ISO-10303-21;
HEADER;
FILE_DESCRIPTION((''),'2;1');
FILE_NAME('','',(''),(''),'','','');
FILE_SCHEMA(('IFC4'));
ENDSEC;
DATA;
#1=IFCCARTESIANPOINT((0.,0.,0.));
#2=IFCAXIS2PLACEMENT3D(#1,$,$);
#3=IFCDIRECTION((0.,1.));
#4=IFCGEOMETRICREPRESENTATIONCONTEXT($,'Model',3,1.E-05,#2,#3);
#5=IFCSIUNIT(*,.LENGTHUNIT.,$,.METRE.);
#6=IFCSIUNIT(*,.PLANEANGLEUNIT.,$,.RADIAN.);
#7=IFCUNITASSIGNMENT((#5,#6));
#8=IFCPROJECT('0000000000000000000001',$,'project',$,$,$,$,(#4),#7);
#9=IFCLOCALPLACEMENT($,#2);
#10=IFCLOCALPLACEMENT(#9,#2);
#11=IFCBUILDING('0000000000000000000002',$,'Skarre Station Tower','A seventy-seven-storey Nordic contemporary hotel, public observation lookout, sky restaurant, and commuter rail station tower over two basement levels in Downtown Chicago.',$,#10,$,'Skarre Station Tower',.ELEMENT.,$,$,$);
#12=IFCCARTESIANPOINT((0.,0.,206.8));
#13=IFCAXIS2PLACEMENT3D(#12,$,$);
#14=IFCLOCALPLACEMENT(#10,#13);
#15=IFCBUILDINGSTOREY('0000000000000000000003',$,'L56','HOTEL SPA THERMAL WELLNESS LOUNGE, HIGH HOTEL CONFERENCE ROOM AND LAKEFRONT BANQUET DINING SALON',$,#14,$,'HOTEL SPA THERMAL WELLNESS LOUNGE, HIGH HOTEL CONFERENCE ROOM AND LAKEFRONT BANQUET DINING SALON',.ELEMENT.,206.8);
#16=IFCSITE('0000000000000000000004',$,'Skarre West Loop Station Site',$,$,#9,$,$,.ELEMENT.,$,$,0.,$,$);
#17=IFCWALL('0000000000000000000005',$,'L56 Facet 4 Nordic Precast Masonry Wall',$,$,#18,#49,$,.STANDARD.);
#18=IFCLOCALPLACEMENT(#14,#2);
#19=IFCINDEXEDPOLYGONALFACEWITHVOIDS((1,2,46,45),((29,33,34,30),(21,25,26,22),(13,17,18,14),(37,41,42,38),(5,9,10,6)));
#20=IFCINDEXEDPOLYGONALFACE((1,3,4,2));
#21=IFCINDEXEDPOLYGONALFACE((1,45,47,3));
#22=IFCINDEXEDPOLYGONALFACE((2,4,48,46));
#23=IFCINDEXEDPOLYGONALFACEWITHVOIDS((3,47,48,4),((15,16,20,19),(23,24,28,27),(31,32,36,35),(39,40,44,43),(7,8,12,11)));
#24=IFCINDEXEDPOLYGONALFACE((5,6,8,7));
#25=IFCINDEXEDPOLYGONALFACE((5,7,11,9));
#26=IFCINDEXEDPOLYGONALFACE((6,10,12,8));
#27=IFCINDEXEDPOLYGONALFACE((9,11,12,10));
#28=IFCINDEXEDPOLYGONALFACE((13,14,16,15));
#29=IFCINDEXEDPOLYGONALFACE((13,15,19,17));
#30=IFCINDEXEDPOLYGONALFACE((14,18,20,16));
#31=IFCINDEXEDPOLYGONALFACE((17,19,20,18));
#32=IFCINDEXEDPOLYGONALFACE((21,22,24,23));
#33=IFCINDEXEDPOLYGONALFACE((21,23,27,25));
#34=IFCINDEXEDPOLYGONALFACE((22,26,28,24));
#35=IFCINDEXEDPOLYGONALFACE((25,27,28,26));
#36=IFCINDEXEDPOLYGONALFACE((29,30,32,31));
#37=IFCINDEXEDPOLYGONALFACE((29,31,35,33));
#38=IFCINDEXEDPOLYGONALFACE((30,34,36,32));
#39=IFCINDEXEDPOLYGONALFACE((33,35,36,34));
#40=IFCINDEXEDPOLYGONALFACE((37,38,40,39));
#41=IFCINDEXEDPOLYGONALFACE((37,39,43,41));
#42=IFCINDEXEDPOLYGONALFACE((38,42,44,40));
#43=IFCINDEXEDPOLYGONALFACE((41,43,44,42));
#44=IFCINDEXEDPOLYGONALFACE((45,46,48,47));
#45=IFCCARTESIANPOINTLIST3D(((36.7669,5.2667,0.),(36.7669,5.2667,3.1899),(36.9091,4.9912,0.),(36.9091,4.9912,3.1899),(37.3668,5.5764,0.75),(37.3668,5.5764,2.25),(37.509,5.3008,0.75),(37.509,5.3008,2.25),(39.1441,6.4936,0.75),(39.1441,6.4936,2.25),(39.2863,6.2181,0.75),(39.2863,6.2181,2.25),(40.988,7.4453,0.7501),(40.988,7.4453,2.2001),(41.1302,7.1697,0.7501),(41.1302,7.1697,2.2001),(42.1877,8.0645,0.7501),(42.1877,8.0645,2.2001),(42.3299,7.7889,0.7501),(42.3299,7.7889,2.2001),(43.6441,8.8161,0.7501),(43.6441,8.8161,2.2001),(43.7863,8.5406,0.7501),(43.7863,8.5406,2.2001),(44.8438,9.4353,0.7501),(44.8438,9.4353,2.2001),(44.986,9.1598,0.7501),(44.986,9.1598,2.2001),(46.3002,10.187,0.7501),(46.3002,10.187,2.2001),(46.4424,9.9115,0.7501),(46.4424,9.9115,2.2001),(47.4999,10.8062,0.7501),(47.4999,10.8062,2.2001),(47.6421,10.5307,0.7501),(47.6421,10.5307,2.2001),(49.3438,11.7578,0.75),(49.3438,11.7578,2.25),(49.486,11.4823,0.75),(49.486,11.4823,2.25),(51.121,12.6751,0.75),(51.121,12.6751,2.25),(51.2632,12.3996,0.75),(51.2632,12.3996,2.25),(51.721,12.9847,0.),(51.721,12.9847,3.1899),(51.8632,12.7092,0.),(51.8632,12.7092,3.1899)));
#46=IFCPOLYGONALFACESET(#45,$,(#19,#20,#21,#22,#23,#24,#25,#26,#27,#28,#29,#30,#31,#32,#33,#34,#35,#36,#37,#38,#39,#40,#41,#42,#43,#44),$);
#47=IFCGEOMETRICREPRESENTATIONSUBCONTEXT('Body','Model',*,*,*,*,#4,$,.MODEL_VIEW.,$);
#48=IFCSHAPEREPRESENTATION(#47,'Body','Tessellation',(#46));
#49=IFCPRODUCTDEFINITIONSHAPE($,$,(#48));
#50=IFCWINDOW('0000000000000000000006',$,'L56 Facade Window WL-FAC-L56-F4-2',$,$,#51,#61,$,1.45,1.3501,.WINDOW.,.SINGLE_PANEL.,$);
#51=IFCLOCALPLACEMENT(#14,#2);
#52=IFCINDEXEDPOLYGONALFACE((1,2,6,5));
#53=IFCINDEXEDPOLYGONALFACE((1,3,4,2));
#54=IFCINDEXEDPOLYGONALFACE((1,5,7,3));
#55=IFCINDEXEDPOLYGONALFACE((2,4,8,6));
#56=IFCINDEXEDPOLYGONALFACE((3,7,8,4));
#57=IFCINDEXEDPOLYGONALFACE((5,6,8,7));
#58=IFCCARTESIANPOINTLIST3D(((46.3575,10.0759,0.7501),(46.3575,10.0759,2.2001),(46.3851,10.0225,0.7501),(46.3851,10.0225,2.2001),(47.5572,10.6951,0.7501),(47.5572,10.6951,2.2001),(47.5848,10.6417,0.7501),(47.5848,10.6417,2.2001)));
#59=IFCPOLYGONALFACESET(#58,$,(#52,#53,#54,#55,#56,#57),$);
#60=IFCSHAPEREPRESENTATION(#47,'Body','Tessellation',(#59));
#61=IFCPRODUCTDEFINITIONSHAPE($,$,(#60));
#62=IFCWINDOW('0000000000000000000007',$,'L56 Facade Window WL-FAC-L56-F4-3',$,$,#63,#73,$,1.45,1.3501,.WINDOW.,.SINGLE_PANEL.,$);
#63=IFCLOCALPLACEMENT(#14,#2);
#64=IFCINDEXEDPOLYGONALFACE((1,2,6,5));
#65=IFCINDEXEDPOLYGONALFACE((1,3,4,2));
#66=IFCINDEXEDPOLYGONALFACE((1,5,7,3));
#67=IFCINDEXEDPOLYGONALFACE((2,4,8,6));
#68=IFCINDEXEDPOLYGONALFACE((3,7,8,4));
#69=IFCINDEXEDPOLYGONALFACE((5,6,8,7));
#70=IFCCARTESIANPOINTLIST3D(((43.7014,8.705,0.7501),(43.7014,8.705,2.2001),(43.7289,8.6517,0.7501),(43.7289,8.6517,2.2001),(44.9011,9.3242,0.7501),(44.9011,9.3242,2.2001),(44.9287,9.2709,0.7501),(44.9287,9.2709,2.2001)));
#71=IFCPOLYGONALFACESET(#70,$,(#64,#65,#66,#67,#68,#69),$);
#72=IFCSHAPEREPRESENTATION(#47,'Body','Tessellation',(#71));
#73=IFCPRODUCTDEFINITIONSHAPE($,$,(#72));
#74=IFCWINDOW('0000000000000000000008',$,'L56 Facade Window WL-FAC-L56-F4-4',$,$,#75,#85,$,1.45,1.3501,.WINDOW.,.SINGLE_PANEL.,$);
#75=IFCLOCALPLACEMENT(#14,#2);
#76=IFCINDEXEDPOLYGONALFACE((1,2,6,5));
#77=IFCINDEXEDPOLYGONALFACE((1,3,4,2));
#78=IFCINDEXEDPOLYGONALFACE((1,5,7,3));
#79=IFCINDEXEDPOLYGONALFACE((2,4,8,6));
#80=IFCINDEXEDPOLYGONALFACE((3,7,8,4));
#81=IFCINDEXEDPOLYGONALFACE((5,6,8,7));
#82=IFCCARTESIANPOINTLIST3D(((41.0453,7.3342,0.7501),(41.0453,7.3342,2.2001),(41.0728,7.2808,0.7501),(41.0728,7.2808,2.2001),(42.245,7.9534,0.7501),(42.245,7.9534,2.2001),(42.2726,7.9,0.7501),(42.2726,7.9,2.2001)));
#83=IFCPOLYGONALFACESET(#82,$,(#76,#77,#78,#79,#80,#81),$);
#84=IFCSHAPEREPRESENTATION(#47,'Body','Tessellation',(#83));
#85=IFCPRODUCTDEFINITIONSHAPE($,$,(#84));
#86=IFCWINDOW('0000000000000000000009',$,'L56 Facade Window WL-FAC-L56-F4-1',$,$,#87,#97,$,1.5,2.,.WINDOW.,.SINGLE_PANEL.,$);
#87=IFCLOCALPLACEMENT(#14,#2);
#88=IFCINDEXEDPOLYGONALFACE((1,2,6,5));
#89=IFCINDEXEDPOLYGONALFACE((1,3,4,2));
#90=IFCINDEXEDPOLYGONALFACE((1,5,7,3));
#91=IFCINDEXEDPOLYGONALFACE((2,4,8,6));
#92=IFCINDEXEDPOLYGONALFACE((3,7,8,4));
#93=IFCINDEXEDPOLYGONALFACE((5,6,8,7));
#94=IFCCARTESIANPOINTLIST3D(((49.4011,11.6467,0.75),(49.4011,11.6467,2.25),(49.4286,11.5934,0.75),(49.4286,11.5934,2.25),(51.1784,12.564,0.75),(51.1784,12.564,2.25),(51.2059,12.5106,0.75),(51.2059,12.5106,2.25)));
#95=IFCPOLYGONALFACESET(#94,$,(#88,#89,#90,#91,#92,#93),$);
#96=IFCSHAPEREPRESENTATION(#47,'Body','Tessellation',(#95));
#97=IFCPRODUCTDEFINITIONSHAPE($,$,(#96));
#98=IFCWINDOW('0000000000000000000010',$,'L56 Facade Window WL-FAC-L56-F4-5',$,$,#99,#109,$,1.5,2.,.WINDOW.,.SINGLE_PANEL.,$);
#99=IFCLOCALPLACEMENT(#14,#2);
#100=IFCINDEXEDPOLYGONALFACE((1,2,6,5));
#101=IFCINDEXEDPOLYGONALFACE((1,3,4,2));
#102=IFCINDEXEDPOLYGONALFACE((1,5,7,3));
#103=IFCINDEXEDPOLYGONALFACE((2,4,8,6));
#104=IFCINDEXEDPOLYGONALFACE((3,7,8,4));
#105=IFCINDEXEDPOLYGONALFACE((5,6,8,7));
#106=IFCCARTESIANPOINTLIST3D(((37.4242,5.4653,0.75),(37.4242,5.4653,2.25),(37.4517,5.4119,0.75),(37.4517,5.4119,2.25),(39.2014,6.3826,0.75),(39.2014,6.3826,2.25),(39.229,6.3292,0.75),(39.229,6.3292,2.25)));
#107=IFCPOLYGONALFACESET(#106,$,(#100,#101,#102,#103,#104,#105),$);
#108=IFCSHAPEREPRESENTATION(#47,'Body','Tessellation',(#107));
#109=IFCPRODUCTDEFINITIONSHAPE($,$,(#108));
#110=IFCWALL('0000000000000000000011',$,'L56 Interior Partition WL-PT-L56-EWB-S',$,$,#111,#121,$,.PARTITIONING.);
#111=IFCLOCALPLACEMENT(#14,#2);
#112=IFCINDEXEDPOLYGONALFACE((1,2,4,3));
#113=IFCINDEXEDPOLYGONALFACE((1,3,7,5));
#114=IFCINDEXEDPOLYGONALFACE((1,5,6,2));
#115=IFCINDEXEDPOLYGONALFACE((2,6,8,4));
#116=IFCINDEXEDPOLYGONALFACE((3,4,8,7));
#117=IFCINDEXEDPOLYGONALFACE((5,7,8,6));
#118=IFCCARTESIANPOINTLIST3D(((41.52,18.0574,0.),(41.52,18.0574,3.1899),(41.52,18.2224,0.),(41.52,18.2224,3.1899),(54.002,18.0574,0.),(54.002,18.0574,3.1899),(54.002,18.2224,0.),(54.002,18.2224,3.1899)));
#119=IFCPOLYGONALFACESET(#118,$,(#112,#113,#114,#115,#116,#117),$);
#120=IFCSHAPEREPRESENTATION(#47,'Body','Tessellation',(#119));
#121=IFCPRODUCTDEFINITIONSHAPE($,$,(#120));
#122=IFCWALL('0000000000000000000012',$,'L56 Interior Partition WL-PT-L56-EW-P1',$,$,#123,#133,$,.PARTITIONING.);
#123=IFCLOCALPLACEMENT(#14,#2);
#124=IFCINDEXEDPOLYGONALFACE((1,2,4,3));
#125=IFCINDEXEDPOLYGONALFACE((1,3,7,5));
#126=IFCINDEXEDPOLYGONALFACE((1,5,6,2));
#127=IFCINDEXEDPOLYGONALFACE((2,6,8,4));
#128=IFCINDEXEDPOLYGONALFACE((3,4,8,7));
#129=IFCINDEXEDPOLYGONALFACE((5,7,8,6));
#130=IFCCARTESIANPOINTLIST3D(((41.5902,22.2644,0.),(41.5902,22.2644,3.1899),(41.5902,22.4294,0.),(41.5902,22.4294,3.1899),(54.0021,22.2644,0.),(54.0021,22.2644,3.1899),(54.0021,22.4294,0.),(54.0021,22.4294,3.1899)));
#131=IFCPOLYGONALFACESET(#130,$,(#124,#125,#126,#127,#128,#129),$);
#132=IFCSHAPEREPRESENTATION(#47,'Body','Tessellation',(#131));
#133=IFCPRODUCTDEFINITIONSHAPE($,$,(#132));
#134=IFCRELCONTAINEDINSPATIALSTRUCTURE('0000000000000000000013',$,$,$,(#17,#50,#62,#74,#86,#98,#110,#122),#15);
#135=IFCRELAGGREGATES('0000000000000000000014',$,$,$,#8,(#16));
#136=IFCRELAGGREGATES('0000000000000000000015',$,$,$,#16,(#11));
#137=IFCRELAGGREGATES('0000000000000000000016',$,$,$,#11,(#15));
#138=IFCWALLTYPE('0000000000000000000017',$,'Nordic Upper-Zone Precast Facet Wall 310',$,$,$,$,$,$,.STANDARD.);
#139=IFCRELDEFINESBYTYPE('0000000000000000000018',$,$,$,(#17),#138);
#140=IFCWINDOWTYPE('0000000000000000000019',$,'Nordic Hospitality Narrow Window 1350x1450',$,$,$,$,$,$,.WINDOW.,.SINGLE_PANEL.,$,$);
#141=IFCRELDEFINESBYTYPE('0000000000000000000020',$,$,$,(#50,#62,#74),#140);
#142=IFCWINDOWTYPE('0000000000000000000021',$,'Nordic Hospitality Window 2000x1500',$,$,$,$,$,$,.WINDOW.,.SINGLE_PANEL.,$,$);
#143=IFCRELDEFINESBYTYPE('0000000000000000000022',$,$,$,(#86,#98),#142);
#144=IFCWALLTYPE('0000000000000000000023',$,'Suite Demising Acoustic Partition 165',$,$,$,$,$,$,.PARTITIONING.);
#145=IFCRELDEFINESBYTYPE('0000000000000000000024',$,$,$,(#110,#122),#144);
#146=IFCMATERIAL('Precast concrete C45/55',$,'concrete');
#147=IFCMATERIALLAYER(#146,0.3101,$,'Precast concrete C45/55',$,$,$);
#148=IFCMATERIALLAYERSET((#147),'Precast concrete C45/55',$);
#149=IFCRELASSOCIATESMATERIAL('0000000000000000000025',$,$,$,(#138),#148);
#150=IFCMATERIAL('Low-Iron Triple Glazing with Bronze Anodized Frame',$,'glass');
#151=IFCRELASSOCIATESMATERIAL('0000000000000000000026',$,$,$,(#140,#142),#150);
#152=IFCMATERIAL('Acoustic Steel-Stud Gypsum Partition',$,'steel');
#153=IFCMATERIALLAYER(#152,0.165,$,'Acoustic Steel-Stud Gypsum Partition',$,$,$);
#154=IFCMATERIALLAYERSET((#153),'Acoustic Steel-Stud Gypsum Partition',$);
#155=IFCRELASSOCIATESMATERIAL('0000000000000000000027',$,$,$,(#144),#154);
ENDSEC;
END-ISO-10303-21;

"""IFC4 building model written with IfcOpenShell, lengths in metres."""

from ifc_helpers import new_model, si_unit, direction, frame, frame_2d, origin, place, context, subcontext, project, spatial, rectangle, extrude, material, layer, layer_set, type_object, element, fill, save


model = new_model("IFC4")

# Units and contexts
model_context = context("Model", 3, precision=1e-05, world=origin(), true_north=direction((0.0, 1.0)))
body_context = subcontext(model_context, "Body", "Model", "MODEL_VIEW")
ifc_project = project(units=[si_unit("LENGTHUNIT", "METRE"), si_unit("PLANEANGLEUNIT", "RADIAN")], contexts=[model_context])

# Site, building, storey
site_placement = place(None, origin())
site = spatial("IfcSite", under=ifc_project, at=site_placement, Name="Skarre West Loop Station Site", CompositionType="ELEMENT", RefElevation=0.0)
building_placement = place(site_placement, origin())
building = spatial("IfcBuilding", under=site, at=building_placement, Name="Skarre Station Tower", Description="A seventy-seven-storey Nordic contemporary hotel, public observation lookout, sky restaurant, and commuter rail station tower over two basement levels in Downtown Chicago.", LongName="Skarre Station Tower", CompositionType="ELEMENT")
storey_placement = place(building_placement, frame((0.0, 0.0, 206.8)))
storey = spatial("IfcBuildingStorey", under=building, at=storey_placement, Name="L56", Description="HOTEL SPA THERMAL WELLNESS LOUNGE, HIGH HOTEL CONFERENCE ROOM AND LAKEFRONT BANQUET DINING SALON", LongName="HOTEL SPA THERMAL WELLNESS LOUNGE, HIGH HOTEL CONFERENCE ROOM AND LAKEFRONT BANQUET DINING SALON", CompositionType="ELEMENT", Elevation=206.8)

# Shared definitions
ifc_material_1 = material(Name="Acoustic Steel-Stud Gypsum Partition", Category="steel")

# Shared definitions
ifc_material_2 = material(Name="Precast concrete C45/55", Category="concrete")

# Wall, openings, windows
ifc_layer_1 = layer(ifc_material_2, 0.3101, Name="Precast concrete C45/55")
ifc_layer_set_1 = layer_set([ifc_layer_1], Name="Precast concrete C45/55")
wall_type_1 = type_object("IfcWallType", Name="Nordic Upper-Zone Precast Facet Wall 310", PredefinedType="STANDARD", material=ifc_layer_set_1)
wall_1_placement = place(storey_placement, frame((51.792, 12.8469, 0.0), z_axis=(0.0, 0.0, 1.0), x_axis=(-0.888626, -0.458632, 0.0)))
wall_1 = element("IfcWall", 1, at=wall_1_placement, inside=storey, type_object=wall_type_1, Name="L56 Facet 4 Nordic Precast Masonry Wall", PredefinedType="STANDARD", context=body_context, shape_type="SweptSolid", body=[
    extrude(rectangle(XDim=16.8284, YDim=0.3101, at=frame_2d((8.4141, 0.0))), origin(), (0.0, 0.0, 1.0), 3.1899),
])
opening_1_placement = place(wall_1_placement, frame((0.675, 0.0, 0.75)))
opening_1 = element("IfcOpeningElement", 2, at=opening_1_placement, cuts=wall_1, PredefinedType="OPENING", context=body_context, shape_type="SweptSolid", body=[
    extrude(rectangle(XDim=2.0, YDim=1.5, at=frame_2d((1.0, 0.75))), frame((0.0, 0.165, 0.0), z_axis=(0.0, -1.0, 0.0), x_axis=(1.0, 0.0, 0.0)), (0.0, 0.0, 1.0), 0.3301),
])
opening_2_placement = place(wall_1_placement, frame((4.75, 0.0, 0.75)))
opening_2 = element("IfcOpeningElement", 3, at=opening_2_placement, cuts=wall_1, PredefinedType="OPENING", context=body_context, shape_type="SweptSolid", body=[
    extrude(rectangle(XDim=1.3501, YDim=1.45, at=frame_2d((0.675, 0.7251))), frame((0.0, 0.165, 0.0), z_axis=(0.0, -1.0, 0.0), x_axis=(1.0, 0.0, 0.0)), (0.0, 0.0, 1.0), 0.3301),
])
opening_3_placement = place(wall_1_placement, frame((7.739, 0.0, 0.75)))
opening_3 = element("IfcOpeningElement", 4, at=opening_3_placement, cuts=wall_1, PredefinedType="OPENING", context=body_context, shape_type="SweptSolid", body=[
    extrude(rectangle(XDim=1.3501, YDim=1.45, at=frame_2d((0.675, 0.7251))), frame((0.0, 0.165, 0.0), z_axis=(0.0, -1.0, 0.0), x_axis=(1.0, 0.0, 0.0)), (0.0, 0.0, 1.0), 0.3301),
])
opening_4_placement = place(wall_1_placement, frame((10.728, 0.0, 0.75)))
opening_4 = element("IfcOpeningElement", 5, at=opening_4_placement, cuts=wall_1, PredefinedType="OPENING", context=body_context, shape_type="SweptSolid", body=[
    extrude(rectangle(XDim=1.3501, YDim=1.45, at=frame_2d((0.675, 0.7251))), frame((0.0, 0.165, 0.0), z_axis=(0.0, -1.0, 0.0), x_axis=(1.0, 0.0, 0.0)), (0.0, 0.0, 1.0), 0.3301),
])
opening_5_placement = place(wall_1_placement, frame((14.1531, 0.0, 0.75)))
opening_5 = element("IfcOpeningElement", 6, at=opening_5_placement, cuts=wall_1, PredefinedType="OPENING", context=body_context, shape_type="SweptSolid", body=[
    extrude(rectangle(XDim=2.0, YDim=1.5, at=frame_2d((1.0, 0.75))), frame((0.0, 0.165, 0.0), z_axis=(0.0, -1.0, 0.0), x_axis=(1.0, 0.0, 0.0)), (0.0, 0.0, 1.0), 0.3301),
])
ifc_material_3 = material(Name="Low-Iron Triple Glazing with Bronze Anodized Frame", Category="glass")
window_type_1 = type_object("IfcWindowType", Name="Nordic Hospitality Narrow Window 1350x1450", PartitioningType="SINGLE_PANEL", PredefinedType="WINDOW", material=ifc_material_3)
window_1_placement = place(opening_2_placement, origin())
window_1 = element("IfcWindow", 7, at=window_1_placement, inside=storey, type_object=window_type_1, Name="L56 Facade Window WL-FAC-L56-F4-2", OverallHeight=1.45, OverallWidth=1.3501, PartitioningType="SINGLE_PANEL", PredefinedType="WINDOW", context=body_context, shape_type="SweptSolid", body=[
    extrude(rectangle(XDim=1.3501, YDim=1.45, at=frame_2d((0.675, 0.7251))), frame((0.0, 0.03, 0.0), z_axis=(0.0, -1.0, 0.0), x_axis=(1.0, 0.0, 0.0)), (0.0, 0.0, 1.0), 0.0601),
])
fill(opening_2, window_1)
window_2_placement = place(opening_3_placement, origin())
window_2 = element("IfcWindow", 8, at=window_2_placement, inside=storey, type_object=window_type_1, Name="L56 Facade Window WL-FAC-L56-F4-3", OverallHeight=1.45, OverallWidth=1.3501, PartitioningType="SINGLE_PANEL", PredefinedType="WINDOW", context=body_context, shape_type="SweptSolid", body=[
    extrude(rectangle(XDim=1.3501, YDim=1.45, at=frame_2d((0.675, 0.7251))), frame((0.0, 0.03, 0.0), z_axis=(0.0, -1.0, 0.0), x_axis=(1.0, 0.0, 0.0)), (0.0, 0.0, 1.0), 0.0601),
])
fill(opening_3, window_2)
window_3_placement = place(opening_4_placement, origin())
window_3 = element("IfcWindow", 9, at=window_3_placement, inside=storey, type_object=window_type_1, Name="L56 Facade Window WL-FAC-L56-F4-4", OverallHeight=1.45, OverallWidth=1.3501, PartitioningType="SINGLE_PANEL", PredefinedType="WINDOW", context=body_context, shape_type="SweptSolid", body=[
    extrude(rectangle(XDim=1.3501, YDim=1.45, at=frame_2d((0.675, 0.7251))), frame((0.0, 0.03, 0.0), z_axis=(0.0, -1.0, 0.0), x_axis=(1.0, 0.0, 0.0)), (0.0, 0.0, 1.0), 0.0601),
])
fill(opening_4, window_3)
window_type_2 = type_object("IfcWindowType", Name="Nordic Hospitality Window 2000x1500", PartitioningType="SINGLE_PANEL", PredefinedType="WINDOW", material=ifc_material_3)
window_4_placement = place(opening_1_placement, origin())
window_4 = element("IfcWindow", 10, at=window_4_placement, inside=storey, type_object=window_type_2, Name="L56 Facade Window WL-FAC-L56-F4-1", OverallHeight=1.5, OverallWidth=2.0, PartitioningType="SINGLE_PANEL", PredefinedType="WINDOW", context=body_context, shape_type="SweptSolid", body=[
    extrude(rectangle(XDim=2.0, YDim=1.5, at=frame_2d((1.0, 0.75))), frame((0.0, 0.03, 0.0), z_axis=(0.0, -1.0, 0.0), x_axis=(1.0, 0.0, 0.0)), (0.0, 0.0, 1.0), 0.0601),
])
fill(opening_1, window_4)
window_5_placement = place(opening_5_placement, origin())
window_5 = element("IfcWindow", 11, at=window_5_placement, inside=storey, type_object=window_type_2, Name="L56 Facade Window WL-FAC-L56-F4-5", OverallHeight=1.5, OverallWidth=2.0, PartitioningType="SINGLE_PANEL", PredefinedType="WINDOW", context=body_context, shape_type="SweptSolid", body=[
    extrude(rectangle(XDim=2.0, YDim=1.5, at=frame_2d((1.0, 0.75))), frame((0.0, 0.03, 0.0), z_axis=(0.0, -1.0, 0.0), x_axis=(1.0, 0.0, 0.0)), (0.0, 0.0, 1.0), 0.0601),
])
fill(opening_5, window_5)

# Walls
ifc_layer_2 = layer(ifc_material_1, 0.165, Name="Acoustic Steel-Stud Gypsum Partition")
ifc_layer_set_2 = layer_set([ifc_layer_2], Name="Acoustic Steel-Stud Gypsum Partition")
wall_type_2 = type_object("IfcWallType", Name="Suite Demising Acoustic Partition 165", PredefinedType="PARTITIONING", material=ifc_layer_set_2)
wall_2_placement = place(storey_placement, frame((41.52, 18.1399, 0.0), z_axis=(0.0, 0.0, 1.0), x_axis=(1.0, 0.0, 0.0)))
element("IfcWall", 12, at=wall_2_placement, inside=storey, type_object=wall_type_2, Name="L56 Interior Partition WL-PT-L56-EWB-S", PredefinedType="PARTITIONING", context=body_context, shape_type="SweptSolid", body=[
    extrude(rectangle(XDim=12.4819, YDim=0.165, at=frame_2d((6.241, 0.0))), origin(), (0.0, 0.0, 1.0), 3.1899),
])
wall_3_placement = place(storey_placement, frame((41.5901, 22.3469, 0.0), z_axis=(0.0, 0.0, 1.0), x_axis=(1.0, 0.0, 0.0)))
element("IfcWall", 13, at=wall_3_placement, inside=storey, type_object=wall_type_2, Name="L56 Interior Partition WL-PT-L56-EW-P1", PredefinedType="PARTITIONING", context=body_context, shape_type="SweptSolid", body=[
    extrude(rectangle(XDim=12.4119, YDim=0.165, at=frame_2d((6.2061, 0.0))), origin(), (0.0, 0.0, 1.0), 3.1899),
])

save(model, "model.ifc")
